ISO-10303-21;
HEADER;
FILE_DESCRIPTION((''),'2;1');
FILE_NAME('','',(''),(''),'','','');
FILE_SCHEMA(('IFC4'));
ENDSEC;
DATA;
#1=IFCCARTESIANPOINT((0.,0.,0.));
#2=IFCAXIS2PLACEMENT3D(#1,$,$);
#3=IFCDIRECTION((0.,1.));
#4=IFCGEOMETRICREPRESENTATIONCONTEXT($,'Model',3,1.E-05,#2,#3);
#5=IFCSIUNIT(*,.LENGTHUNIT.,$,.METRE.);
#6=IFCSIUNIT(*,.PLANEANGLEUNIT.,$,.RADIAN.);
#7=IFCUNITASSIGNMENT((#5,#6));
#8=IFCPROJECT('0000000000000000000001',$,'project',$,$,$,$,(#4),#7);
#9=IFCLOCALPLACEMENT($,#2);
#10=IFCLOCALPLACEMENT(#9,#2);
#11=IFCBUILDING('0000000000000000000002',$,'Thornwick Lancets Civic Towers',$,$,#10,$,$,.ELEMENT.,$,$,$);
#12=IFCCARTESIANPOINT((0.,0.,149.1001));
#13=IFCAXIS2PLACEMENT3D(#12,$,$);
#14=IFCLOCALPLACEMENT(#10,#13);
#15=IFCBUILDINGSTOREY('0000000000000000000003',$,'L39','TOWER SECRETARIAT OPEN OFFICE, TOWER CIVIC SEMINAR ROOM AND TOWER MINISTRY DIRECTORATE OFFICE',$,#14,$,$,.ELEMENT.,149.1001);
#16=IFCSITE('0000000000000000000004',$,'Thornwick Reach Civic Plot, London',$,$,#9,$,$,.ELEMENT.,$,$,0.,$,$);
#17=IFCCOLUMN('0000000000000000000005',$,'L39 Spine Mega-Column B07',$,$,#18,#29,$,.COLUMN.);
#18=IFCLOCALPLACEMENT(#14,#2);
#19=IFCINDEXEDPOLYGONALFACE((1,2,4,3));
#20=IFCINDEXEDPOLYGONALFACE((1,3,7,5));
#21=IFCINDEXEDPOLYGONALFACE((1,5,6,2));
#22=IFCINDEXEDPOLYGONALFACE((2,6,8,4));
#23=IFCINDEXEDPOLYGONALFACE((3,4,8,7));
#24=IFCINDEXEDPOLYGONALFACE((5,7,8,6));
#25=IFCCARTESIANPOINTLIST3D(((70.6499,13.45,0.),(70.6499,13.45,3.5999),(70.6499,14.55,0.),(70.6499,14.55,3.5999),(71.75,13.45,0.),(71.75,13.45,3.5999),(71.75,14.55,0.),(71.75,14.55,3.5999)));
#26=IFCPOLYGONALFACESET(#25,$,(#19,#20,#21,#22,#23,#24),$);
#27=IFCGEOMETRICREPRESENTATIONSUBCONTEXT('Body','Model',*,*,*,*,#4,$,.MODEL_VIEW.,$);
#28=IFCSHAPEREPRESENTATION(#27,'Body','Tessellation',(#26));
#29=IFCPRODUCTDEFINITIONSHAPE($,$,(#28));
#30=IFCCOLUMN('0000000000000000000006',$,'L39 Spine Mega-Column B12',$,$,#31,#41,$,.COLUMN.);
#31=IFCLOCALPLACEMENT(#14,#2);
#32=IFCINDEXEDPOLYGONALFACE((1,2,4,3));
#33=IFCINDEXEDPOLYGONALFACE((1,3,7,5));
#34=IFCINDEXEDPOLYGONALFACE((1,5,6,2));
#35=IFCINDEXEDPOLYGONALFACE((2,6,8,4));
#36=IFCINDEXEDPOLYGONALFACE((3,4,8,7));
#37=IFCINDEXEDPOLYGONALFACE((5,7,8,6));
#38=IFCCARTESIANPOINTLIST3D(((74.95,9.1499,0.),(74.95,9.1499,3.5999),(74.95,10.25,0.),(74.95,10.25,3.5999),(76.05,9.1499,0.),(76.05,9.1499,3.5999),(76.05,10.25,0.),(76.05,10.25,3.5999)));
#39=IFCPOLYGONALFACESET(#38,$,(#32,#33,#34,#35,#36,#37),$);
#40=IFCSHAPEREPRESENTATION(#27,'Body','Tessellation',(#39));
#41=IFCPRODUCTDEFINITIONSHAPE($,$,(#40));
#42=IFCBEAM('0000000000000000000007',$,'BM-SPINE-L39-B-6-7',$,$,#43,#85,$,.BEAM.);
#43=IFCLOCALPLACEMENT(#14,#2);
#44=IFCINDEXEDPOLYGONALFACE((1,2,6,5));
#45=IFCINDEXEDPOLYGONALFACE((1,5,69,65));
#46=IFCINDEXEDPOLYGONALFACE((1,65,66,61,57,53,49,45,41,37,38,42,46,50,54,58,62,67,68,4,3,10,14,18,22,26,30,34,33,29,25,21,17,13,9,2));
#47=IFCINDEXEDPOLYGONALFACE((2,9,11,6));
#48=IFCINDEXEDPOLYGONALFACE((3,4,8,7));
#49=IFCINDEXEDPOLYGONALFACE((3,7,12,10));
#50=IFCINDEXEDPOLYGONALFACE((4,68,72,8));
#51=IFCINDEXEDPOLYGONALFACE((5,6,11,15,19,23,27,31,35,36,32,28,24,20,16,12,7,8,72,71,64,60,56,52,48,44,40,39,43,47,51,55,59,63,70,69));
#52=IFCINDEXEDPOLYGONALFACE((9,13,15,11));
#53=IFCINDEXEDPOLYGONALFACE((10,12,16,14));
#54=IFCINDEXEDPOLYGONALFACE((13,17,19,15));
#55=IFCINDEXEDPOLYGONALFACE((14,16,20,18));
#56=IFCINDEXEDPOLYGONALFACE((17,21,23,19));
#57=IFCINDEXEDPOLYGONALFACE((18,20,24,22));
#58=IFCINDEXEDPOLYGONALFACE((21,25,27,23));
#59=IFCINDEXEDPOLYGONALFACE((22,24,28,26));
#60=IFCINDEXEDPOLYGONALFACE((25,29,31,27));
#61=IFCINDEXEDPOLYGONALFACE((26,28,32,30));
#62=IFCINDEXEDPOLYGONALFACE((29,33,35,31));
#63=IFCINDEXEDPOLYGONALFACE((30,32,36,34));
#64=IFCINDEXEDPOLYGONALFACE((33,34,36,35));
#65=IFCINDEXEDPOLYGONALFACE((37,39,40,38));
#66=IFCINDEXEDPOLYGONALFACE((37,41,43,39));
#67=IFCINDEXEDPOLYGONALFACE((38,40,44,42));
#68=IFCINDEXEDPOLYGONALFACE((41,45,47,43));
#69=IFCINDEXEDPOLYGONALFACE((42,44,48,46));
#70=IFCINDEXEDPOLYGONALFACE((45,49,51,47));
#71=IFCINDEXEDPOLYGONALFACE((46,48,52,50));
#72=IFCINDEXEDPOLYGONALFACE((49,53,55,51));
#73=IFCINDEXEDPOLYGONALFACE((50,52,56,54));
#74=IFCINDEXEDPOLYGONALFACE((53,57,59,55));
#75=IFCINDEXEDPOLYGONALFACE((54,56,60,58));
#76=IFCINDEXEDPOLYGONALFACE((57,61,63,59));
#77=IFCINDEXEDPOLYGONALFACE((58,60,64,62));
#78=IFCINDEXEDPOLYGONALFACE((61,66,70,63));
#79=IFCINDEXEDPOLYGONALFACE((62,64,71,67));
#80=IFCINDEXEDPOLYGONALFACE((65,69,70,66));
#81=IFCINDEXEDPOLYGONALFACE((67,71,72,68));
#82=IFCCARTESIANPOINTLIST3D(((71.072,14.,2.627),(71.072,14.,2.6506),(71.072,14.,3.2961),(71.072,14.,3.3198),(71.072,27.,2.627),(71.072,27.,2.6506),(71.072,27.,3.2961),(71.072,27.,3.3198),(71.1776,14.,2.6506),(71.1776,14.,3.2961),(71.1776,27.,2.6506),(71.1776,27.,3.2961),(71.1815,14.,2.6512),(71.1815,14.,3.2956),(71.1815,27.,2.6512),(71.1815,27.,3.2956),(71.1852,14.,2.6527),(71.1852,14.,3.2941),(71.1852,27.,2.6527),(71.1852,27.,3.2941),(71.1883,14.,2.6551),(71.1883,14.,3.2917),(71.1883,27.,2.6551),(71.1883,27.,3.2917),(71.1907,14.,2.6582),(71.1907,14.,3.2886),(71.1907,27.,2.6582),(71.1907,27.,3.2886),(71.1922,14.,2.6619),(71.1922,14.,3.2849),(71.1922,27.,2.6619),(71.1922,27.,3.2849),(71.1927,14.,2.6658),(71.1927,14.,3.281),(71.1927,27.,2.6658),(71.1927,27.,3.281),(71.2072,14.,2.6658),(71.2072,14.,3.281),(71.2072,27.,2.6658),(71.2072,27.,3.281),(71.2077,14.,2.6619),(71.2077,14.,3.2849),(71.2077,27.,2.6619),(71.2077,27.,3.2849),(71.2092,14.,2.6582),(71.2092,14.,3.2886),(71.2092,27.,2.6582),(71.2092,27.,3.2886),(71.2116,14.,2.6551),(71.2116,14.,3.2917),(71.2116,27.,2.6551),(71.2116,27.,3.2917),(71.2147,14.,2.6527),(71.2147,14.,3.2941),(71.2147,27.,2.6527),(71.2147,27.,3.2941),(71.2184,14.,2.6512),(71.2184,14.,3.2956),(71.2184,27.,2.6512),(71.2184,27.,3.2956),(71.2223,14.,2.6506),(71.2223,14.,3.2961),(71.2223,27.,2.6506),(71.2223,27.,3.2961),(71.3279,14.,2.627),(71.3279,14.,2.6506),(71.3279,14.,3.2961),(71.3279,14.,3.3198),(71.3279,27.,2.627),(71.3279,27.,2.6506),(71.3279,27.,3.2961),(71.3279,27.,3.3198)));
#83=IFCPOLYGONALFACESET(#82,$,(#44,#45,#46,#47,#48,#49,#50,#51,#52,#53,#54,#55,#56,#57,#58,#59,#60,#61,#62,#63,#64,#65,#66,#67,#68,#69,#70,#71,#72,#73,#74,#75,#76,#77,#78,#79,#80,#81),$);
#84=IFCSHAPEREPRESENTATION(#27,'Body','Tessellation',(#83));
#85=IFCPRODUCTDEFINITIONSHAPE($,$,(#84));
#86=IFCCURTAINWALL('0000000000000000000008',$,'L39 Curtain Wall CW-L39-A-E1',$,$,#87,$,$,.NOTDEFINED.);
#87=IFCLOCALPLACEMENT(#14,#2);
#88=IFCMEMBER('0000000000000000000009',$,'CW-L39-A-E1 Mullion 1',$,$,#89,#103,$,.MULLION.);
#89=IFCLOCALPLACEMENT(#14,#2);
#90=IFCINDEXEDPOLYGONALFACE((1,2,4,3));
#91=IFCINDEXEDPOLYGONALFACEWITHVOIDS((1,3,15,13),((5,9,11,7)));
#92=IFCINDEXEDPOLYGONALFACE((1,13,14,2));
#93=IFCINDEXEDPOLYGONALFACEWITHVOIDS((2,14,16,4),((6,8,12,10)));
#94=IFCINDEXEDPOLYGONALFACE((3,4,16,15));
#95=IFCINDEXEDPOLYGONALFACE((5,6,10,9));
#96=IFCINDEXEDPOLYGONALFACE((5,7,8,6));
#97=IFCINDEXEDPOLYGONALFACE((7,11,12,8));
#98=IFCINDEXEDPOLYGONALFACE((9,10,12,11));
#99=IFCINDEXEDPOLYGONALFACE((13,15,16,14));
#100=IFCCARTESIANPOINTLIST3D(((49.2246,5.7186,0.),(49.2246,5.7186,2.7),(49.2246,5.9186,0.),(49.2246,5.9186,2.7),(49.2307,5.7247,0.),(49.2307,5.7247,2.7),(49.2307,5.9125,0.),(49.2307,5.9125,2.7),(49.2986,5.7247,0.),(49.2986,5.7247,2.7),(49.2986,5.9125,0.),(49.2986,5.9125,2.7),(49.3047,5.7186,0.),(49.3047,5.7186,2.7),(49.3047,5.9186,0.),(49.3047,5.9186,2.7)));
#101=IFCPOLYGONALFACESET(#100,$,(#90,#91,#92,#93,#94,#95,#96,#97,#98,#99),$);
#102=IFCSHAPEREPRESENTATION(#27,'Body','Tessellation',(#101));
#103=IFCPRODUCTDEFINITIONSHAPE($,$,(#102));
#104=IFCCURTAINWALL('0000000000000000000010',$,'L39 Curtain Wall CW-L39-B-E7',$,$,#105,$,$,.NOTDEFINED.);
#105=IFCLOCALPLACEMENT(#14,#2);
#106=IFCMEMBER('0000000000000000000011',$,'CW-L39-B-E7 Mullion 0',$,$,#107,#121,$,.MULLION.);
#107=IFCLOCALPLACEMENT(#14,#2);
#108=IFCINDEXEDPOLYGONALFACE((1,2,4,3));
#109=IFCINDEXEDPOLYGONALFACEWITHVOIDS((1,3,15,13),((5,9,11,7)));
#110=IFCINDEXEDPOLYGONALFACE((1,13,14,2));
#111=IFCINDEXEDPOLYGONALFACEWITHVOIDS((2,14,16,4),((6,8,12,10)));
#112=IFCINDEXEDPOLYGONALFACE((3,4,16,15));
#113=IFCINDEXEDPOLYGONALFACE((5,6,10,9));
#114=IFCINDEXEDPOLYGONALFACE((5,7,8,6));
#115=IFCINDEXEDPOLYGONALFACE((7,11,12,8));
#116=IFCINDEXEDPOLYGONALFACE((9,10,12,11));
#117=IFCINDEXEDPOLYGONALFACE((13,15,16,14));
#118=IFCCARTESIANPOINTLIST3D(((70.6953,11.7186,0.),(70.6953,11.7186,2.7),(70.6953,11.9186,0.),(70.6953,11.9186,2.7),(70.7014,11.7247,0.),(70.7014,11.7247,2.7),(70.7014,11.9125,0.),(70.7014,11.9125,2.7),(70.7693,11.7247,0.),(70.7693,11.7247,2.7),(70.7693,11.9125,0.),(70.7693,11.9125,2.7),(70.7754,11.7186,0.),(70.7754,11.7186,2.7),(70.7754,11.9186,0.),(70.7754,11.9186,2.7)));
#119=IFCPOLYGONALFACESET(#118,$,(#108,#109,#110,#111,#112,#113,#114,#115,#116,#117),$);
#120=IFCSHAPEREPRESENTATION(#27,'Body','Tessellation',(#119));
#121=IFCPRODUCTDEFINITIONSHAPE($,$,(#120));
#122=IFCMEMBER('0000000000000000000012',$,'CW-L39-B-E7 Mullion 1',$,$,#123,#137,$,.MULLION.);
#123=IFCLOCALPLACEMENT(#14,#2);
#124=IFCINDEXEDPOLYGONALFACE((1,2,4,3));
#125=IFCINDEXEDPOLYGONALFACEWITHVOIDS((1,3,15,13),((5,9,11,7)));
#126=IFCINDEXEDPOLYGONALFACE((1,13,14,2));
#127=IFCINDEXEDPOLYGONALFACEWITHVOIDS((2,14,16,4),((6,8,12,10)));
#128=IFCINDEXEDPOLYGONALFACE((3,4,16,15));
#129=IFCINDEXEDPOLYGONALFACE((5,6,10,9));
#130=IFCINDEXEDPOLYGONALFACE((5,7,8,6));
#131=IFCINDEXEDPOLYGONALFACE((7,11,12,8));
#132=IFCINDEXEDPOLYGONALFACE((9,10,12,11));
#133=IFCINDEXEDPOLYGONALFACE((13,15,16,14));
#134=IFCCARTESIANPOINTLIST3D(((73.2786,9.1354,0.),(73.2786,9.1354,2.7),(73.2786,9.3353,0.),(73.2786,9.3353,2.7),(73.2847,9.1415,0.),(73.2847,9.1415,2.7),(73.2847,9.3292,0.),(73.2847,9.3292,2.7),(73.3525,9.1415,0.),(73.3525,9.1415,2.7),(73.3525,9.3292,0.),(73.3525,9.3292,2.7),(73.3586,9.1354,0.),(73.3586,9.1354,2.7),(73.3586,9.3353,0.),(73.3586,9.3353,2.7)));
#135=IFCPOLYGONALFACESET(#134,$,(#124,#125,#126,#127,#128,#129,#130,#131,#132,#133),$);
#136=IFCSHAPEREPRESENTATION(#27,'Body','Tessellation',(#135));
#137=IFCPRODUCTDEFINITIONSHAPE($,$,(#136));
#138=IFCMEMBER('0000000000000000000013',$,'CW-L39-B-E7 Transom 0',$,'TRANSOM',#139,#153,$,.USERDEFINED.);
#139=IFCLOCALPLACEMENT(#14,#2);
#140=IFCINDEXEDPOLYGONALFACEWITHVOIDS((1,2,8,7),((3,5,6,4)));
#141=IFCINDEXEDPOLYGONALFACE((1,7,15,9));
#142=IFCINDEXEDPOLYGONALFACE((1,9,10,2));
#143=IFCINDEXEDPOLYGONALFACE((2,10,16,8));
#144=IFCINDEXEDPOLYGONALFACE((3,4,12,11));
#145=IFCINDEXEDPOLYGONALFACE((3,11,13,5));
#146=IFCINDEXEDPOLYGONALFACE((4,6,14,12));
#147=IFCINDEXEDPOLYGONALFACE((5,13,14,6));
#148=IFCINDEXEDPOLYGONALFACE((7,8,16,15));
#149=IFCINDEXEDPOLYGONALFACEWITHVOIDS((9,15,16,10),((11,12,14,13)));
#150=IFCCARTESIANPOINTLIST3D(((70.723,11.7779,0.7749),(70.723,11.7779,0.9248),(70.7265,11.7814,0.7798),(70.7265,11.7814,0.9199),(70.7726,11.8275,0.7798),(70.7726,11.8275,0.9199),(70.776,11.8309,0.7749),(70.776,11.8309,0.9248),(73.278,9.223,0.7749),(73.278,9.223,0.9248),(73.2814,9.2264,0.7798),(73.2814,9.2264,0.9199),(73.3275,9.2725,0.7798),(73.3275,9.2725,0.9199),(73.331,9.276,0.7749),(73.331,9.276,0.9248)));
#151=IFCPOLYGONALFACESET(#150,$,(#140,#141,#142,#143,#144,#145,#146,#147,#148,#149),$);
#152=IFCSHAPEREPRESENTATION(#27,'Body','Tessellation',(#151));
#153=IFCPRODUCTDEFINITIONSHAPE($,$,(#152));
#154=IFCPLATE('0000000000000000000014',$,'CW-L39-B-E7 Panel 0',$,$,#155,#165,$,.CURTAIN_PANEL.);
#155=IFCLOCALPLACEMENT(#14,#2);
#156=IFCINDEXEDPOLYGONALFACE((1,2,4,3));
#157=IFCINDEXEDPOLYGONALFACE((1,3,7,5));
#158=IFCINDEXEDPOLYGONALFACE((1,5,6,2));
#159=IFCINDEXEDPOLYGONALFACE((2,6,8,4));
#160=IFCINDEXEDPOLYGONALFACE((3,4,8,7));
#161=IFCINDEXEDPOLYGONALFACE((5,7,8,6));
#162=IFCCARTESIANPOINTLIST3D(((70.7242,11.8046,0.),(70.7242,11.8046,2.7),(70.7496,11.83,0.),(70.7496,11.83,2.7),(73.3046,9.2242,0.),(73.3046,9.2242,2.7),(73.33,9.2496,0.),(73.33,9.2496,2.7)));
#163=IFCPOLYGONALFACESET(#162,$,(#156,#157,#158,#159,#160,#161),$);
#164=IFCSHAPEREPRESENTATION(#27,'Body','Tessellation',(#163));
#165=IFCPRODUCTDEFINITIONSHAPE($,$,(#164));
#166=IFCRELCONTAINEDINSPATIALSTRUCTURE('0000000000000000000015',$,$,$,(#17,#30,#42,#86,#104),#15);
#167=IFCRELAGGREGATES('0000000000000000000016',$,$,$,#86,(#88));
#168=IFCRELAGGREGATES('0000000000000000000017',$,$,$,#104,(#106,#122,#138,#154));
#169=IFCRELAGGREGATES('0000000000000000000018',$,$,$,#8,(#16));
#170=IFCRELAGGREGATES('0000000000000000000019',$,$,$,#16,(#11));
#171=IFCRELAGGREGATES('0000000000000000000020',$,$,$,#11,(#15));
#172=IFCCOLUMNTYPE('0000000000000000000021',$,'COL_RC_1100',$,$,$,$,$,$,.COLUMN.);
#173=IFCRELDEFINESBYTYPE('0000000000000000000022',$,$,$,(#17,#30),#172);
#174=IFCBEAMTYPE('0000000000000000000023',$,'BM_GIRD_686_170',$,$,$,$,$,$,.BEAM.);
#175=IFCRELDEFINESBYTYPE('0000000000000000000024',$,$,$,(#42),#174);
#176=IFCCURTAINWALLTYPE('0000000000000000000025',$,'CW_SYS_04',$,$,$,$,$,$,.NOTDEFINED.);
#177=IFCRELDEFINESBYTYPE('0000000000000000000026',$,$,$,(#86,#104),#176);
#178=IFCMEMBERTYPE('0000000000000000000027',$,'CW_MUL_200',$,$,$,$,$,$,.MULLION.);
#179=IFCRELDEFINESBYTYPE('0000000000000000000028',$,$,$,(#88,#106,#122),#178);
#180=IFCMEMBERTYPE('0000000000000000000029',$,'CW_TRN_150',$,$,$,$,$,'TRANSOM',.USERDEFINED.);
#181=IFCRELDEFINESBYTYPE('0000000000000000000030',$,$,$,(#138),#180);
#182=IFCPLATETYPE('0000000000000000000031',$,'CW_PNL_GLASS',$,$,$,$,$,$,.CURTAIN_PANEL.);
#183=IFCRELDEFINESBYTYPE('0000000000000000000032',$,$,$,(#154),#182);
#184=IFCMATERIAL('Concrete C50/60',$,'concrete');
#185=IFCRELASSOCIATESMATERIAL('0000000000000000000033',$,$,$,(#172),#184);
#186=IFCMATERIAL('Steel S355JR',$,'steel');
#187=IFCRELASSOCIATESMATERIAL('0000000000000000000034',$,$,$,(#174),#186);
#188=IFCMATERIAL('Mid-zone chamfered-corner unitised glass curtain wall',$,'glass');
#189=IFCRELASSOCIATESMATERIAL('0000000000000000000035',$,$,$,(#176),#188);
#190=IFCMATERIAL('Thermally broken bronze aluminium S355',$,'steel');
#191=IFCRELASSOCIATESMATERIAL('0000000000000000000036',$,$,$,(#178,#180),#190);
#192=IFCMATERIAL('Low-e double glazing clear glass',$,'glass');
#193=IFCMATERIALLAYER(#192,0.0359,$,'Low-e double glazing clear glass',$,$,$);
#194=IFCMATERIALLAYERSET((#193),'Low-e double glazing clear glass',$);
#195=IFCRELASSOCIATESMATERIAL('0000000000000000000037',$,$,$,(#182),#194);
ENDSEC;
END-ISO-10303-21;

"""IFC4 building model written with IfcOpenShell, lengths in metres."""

from ifc_helpers import new_model, si_unit, direction, frame, origin, origin_2d, place, context, subcontext, project, spatial, rectangle, hollow_rectangle, i_section, extrude, material, layer, layer_set, material_profile, profile_set, type_object, element, aggregate, save


model = new_model("IFC4")

# Units and contexts
model_context = context("Model", 3, precision=1e-05, world=origin(), true_north=direction((0.0, 1.0)))
body_context = subcontext(model_context, "Body", "Model", "MODEL_VIEW")
ifc_project = project(units=[si_unit("LENGTHUNIT", "METRE"), si_unit("PLANEANGLEUNIT", "RADIAN")], contexts=[model_context])

# Site, building, storey
site_placement = place(None, origin())
site = spatial("IfcSite", under=ifc_project, at=site_placement, Name="Thornwick Reach Civic Plot, London", CompositionType="ELEMENT", RefElevation=0.0)
building_placement = place(site_placement, origin())
building = spatial("IfcBuilding", under=site, at=building_placement, Name="Thornwick Lancets Civic Towers", CompositionType="ELEMENT")
storey_placement = place(building_placement, frame((0.0, 0.0, 149.1001)))
storey = spatial("IfcBuildingStorey", under=building, at=storey_placement, Name="L39", Description="TOWER SECRETARIAT OPEN OFFICE, TOWER CIVIC SEMINAR ROOM AND TOWER MINISTRY DIRECTORATE OFFICE", CompositionType="ELEMENT", Elevation=149.1001)

# Columns
ifc_material_1 = material(Name="Concrete C50/60", Category="concrete")
ifc_material_profile_1 = material_profile(ifc_material_1, rectangle(XDim=1.1001, YDim=1.1001, at=origin_2d()), Name="RC 1100x1100")
ifc_profile_set_1 = profile_set([ifc_material_profile_1], Name="Concrete C50/60")
column_type = type_object("IfcColumnType", Name="COL_RC_1100", PredefinedType="COLUMN", material=ifc_profile_set_1)
for number, where, z_axis, x_axis, name in (
    (1, (71.2, 14.0, 0.0), (0.0, 0.0, 1.0), (1.0, 0.0, 0.0), "L39 Spine Mega-Column B07"),
    (2, (75.5, 9.7, 0.0), (0.0, 0.0, 1.0), (1.0, 0.0, 0.0), "L39 Spine Mega-Column B12"),
):
    element("IfcColumn", number, at=place(storey_placement, frame(where, z_axis=z_axis, x_axis=x_axis)), inside=storey, type_object=column_type, Name=name, PredefinedType="COLUMN", context=body_context, shape_type="SweptSolid", body=[
        extrude(rectangle(XDim=1.1001, YDim=1.1001, at=origin_2d()), origin(), (0.0, 0.0, 1.0), 3.5999),
    ])

# Beam
ifc_material_2 = material(Name="Steel S355JR", Category="steel")
ifc_material_profile_2 = material_profile(ifc_material_2, i_section(OverallWidth=0.2559, OverallDepth=0.6929, WebThickness=0.0144, FlangeThickness=0.0237, FilletRadius=0.0151, at=origin_2d()), Name="UKB 686x254x170")
ifc_profile_set_2 = profile_set([ifc_material_profile_2], Name="Steel S355JR")
beam_type = type_object("IfcBeamType", Name="BM_GIRD_686_170", PredefinedType="BEAM", material=ifc_profile_set_2)
beam_placement = place(storey_placement, frame((71.2, 14.0, 2.9734), z_axis=(0.0, 1.0, 0.0), x_axis=(-1.0, 0.0, 0.0)))
element("IfcBeam", 3, at=beam_placement, inside=storey, type_object=beam_type, Name="BM-SPINE-L39-B-6-7", PredefinedType="BEAM", context=body_context, shape_type="SweptSolid", body=[
    extrude(i_section(OverallWidth=0.2559, OverallDepth=0.6929, WebThickness=0.0144, FlangeThickness=0.0237, FilletRadius=0.0151, at=origin_2d()), origin(), (0.0, 0.0, 1.0), 13.0),
])

# Curtain wall, member
ifc_material_3 = material(Name="Mid-zone chamfered-corner unitised glass curtain wall", Category="glass")
curtain_wall_type = type_object("IfcCurtainWallType", Name="CW_SYS_04", PredefinedType="NOTDEFINED", material=ifc_material_3)
curtain_wall_1_placement = place(storey_placement, origin())
curtain_wall_1 = element("IfcCurtainWall", 4, at=curtain_wall_1_placement, inside=storey, type_object=curtain_wall_type, Name="L39 Curtain Wall CW-L39-A-E1", PredefinedType="NOTDEFINED")
ifc_material_4 = material(Name="Thermally broken bronze aluminium S355", Category="steel")
ifc_material_profile_3 = material_profile(ifc_material_4, hollow_rectangle(XDim=0.0801, YDim=0.2, WallThickness=0.0061, at=origin_2d()), Name="RHS 200x80x6")
ifc_profile_set_3 = profile_set([ifc_material_profile_3], Name="Thermally broken bronze aluminium S355")
member_type_1 = type_object("IfcMemberType", Name="CW_MUL_200", PredefinedType="MULLION", material=ifc_profile_set_3)
member_1_placement = place(storey_placement, frame((49.2646, 5.8186, 0.0), z_axis=(0.0, 0.0, 1.0), x_axis=(1.0, 0.0, 0.0)))
member_1 = element("IfcMember", 5, at=member_1_placement, type_object=member_type_1, Name="CW-L39-A-E1 Mullion 1", PredefinedType="MULLION", context=body_context, shape_type="SweptSolid", body=[
    extrude(hollow_rectangle(XDim=0.0801, YDim=0.2, WallThickness=0.0061, at=origin_2d()), origin(), (0.0, 0.0, 1.0), 2.7),
])
aggregate(curtain_wall_1, [member_1])

# Curtain wall, members, plate
curtain_wall_2_placement = place(storey_placement, origin())
curtain_wall_2 = element("IfcCurtainWall", 6, at=curtain_wall_2_placement, inside=storey, type_object=curtain_wall_type, Name="L39 Curtain Wall CW-L39-B-E7", PredefinedType="NOTDEFINED")
member_2_placement = place(storey_placement, frame((70.7354, 11.8186, 0.0), z_axis=(0.0, 0.0, 1.0), x_axis=(1.0, 0.0, 0.0)))
member_2 = element("IfcMember", 7, at=member_2_placement, type_object=member_type_1, Name="CW-L39-B-E7 Mullion 0", PredefinedType="MULLION", context=body_context, shape_type="SweptSolid", body=[
    extrude(hollow_rectangle(XDim=0.0801, YDim=0.2, WallThickness=0.0061, at=origin_2d()), origin(), (0.0, 0.0, 1.0), 2.7),
])
member_3_placement = place(storey_placement, frame((73.3186, 9.2354, 0.0), z_axis=(0.0, 0.0, 1.0), x_axis=(1.0, 0.0, 0.0)))
member_3 = element("IfcMember", 8, at=member_3_placement, type_object=member_type_1, Name="CW-L39-B-E7 Mullion 1", PredefinedType="MULLION", context=body_context, shape_type="SweptSolid", body=[
    extrude(hollow_rectangle(XDim=0.0801, YDim=0.2, WallThickness=0.0061, at=origin_2d()), origin(), (0.0, 0.0, 1.0), 2.7),
])
ifc_material_profile_4 = material_profile(ifc_material_4, hollow_rectangle(XDim=0.075, YDim=0.1499, WallThickness=0.0049, at=origin_2d()), Name="RHS 150x75x5")
ifc_profile_set_4 = profile_set([ifc_material_profile_4], Name="Thermally broken bronze aluminium S355")
member_type_2 = type_object("IfcMemberType", Name="CW_TRN_150", ElementType="TRANSOM", PredefinedType="USERDEFINED", material=ifc_profile_set_4)
member_4_placement = place(storey_placement, frame((70.7495, 11.8044, 0.8499), z_axis=(0.707107, -0.707107, 0.0), x_axis=(0.707107, 0.707107, 0.0)))
member_4 = element("IfcMember", 9, at=member_4_placement, type_object=member_type_2, Name="CW-L39-B-E7 Transom 0", ObjectType="TRANSOM", PredefinedType="USERDEFINED", context=body_context, shape_type="SweptSolid", body=[
    extrude(hollow_rectangle(XDim=0.075, YDim=0.1499, WallThickness=0.0049, at=origin_2d()), origin(), (0.0, 0.0, 1.0), 3.6133),
])
ifc_material_5 = material(Name="Low-e double glazing clear glass", Category="glass")
ifc_layer_1 = layer(ifc_material_5, 0.0359, Name="Low-e double glazing clear glass")
ifc_layer_set_1 = layer_set([ifc_layer_1], Name="Low-e double glazing clear glass")
plate_type = type_object("IfcPlateType", Name="CW_PNL_GLASS", PredefinedType="CURTAIN_PANEL", material=ifc_layer_set_1)
plate_placement = place(storey_placement, frame((72.0271, 10.5271, 0.0), z_axis=(0.0, 0.0, 1.0), x_axis=(0.707107, -0.707107, 0.0)))
plate = element("IfcPlate", 10, at=plate_placement, type_object=plate_type, Name="CW-L39-B-E7 Panel 0", PredefinedType="CURTAIN_PANEL", context=body_context, shape_type="SweptSolid", body=[
    extrude(rectangle(XDim=3.6492, YDim=0.0359, at=origin_2d()), origin(), (0.0, 0.0, 1.0), 2.7),
])
aggregate(curtain_wall_2, [member_2, member_3, member_4, plate])

save(model, "model.ifc")
